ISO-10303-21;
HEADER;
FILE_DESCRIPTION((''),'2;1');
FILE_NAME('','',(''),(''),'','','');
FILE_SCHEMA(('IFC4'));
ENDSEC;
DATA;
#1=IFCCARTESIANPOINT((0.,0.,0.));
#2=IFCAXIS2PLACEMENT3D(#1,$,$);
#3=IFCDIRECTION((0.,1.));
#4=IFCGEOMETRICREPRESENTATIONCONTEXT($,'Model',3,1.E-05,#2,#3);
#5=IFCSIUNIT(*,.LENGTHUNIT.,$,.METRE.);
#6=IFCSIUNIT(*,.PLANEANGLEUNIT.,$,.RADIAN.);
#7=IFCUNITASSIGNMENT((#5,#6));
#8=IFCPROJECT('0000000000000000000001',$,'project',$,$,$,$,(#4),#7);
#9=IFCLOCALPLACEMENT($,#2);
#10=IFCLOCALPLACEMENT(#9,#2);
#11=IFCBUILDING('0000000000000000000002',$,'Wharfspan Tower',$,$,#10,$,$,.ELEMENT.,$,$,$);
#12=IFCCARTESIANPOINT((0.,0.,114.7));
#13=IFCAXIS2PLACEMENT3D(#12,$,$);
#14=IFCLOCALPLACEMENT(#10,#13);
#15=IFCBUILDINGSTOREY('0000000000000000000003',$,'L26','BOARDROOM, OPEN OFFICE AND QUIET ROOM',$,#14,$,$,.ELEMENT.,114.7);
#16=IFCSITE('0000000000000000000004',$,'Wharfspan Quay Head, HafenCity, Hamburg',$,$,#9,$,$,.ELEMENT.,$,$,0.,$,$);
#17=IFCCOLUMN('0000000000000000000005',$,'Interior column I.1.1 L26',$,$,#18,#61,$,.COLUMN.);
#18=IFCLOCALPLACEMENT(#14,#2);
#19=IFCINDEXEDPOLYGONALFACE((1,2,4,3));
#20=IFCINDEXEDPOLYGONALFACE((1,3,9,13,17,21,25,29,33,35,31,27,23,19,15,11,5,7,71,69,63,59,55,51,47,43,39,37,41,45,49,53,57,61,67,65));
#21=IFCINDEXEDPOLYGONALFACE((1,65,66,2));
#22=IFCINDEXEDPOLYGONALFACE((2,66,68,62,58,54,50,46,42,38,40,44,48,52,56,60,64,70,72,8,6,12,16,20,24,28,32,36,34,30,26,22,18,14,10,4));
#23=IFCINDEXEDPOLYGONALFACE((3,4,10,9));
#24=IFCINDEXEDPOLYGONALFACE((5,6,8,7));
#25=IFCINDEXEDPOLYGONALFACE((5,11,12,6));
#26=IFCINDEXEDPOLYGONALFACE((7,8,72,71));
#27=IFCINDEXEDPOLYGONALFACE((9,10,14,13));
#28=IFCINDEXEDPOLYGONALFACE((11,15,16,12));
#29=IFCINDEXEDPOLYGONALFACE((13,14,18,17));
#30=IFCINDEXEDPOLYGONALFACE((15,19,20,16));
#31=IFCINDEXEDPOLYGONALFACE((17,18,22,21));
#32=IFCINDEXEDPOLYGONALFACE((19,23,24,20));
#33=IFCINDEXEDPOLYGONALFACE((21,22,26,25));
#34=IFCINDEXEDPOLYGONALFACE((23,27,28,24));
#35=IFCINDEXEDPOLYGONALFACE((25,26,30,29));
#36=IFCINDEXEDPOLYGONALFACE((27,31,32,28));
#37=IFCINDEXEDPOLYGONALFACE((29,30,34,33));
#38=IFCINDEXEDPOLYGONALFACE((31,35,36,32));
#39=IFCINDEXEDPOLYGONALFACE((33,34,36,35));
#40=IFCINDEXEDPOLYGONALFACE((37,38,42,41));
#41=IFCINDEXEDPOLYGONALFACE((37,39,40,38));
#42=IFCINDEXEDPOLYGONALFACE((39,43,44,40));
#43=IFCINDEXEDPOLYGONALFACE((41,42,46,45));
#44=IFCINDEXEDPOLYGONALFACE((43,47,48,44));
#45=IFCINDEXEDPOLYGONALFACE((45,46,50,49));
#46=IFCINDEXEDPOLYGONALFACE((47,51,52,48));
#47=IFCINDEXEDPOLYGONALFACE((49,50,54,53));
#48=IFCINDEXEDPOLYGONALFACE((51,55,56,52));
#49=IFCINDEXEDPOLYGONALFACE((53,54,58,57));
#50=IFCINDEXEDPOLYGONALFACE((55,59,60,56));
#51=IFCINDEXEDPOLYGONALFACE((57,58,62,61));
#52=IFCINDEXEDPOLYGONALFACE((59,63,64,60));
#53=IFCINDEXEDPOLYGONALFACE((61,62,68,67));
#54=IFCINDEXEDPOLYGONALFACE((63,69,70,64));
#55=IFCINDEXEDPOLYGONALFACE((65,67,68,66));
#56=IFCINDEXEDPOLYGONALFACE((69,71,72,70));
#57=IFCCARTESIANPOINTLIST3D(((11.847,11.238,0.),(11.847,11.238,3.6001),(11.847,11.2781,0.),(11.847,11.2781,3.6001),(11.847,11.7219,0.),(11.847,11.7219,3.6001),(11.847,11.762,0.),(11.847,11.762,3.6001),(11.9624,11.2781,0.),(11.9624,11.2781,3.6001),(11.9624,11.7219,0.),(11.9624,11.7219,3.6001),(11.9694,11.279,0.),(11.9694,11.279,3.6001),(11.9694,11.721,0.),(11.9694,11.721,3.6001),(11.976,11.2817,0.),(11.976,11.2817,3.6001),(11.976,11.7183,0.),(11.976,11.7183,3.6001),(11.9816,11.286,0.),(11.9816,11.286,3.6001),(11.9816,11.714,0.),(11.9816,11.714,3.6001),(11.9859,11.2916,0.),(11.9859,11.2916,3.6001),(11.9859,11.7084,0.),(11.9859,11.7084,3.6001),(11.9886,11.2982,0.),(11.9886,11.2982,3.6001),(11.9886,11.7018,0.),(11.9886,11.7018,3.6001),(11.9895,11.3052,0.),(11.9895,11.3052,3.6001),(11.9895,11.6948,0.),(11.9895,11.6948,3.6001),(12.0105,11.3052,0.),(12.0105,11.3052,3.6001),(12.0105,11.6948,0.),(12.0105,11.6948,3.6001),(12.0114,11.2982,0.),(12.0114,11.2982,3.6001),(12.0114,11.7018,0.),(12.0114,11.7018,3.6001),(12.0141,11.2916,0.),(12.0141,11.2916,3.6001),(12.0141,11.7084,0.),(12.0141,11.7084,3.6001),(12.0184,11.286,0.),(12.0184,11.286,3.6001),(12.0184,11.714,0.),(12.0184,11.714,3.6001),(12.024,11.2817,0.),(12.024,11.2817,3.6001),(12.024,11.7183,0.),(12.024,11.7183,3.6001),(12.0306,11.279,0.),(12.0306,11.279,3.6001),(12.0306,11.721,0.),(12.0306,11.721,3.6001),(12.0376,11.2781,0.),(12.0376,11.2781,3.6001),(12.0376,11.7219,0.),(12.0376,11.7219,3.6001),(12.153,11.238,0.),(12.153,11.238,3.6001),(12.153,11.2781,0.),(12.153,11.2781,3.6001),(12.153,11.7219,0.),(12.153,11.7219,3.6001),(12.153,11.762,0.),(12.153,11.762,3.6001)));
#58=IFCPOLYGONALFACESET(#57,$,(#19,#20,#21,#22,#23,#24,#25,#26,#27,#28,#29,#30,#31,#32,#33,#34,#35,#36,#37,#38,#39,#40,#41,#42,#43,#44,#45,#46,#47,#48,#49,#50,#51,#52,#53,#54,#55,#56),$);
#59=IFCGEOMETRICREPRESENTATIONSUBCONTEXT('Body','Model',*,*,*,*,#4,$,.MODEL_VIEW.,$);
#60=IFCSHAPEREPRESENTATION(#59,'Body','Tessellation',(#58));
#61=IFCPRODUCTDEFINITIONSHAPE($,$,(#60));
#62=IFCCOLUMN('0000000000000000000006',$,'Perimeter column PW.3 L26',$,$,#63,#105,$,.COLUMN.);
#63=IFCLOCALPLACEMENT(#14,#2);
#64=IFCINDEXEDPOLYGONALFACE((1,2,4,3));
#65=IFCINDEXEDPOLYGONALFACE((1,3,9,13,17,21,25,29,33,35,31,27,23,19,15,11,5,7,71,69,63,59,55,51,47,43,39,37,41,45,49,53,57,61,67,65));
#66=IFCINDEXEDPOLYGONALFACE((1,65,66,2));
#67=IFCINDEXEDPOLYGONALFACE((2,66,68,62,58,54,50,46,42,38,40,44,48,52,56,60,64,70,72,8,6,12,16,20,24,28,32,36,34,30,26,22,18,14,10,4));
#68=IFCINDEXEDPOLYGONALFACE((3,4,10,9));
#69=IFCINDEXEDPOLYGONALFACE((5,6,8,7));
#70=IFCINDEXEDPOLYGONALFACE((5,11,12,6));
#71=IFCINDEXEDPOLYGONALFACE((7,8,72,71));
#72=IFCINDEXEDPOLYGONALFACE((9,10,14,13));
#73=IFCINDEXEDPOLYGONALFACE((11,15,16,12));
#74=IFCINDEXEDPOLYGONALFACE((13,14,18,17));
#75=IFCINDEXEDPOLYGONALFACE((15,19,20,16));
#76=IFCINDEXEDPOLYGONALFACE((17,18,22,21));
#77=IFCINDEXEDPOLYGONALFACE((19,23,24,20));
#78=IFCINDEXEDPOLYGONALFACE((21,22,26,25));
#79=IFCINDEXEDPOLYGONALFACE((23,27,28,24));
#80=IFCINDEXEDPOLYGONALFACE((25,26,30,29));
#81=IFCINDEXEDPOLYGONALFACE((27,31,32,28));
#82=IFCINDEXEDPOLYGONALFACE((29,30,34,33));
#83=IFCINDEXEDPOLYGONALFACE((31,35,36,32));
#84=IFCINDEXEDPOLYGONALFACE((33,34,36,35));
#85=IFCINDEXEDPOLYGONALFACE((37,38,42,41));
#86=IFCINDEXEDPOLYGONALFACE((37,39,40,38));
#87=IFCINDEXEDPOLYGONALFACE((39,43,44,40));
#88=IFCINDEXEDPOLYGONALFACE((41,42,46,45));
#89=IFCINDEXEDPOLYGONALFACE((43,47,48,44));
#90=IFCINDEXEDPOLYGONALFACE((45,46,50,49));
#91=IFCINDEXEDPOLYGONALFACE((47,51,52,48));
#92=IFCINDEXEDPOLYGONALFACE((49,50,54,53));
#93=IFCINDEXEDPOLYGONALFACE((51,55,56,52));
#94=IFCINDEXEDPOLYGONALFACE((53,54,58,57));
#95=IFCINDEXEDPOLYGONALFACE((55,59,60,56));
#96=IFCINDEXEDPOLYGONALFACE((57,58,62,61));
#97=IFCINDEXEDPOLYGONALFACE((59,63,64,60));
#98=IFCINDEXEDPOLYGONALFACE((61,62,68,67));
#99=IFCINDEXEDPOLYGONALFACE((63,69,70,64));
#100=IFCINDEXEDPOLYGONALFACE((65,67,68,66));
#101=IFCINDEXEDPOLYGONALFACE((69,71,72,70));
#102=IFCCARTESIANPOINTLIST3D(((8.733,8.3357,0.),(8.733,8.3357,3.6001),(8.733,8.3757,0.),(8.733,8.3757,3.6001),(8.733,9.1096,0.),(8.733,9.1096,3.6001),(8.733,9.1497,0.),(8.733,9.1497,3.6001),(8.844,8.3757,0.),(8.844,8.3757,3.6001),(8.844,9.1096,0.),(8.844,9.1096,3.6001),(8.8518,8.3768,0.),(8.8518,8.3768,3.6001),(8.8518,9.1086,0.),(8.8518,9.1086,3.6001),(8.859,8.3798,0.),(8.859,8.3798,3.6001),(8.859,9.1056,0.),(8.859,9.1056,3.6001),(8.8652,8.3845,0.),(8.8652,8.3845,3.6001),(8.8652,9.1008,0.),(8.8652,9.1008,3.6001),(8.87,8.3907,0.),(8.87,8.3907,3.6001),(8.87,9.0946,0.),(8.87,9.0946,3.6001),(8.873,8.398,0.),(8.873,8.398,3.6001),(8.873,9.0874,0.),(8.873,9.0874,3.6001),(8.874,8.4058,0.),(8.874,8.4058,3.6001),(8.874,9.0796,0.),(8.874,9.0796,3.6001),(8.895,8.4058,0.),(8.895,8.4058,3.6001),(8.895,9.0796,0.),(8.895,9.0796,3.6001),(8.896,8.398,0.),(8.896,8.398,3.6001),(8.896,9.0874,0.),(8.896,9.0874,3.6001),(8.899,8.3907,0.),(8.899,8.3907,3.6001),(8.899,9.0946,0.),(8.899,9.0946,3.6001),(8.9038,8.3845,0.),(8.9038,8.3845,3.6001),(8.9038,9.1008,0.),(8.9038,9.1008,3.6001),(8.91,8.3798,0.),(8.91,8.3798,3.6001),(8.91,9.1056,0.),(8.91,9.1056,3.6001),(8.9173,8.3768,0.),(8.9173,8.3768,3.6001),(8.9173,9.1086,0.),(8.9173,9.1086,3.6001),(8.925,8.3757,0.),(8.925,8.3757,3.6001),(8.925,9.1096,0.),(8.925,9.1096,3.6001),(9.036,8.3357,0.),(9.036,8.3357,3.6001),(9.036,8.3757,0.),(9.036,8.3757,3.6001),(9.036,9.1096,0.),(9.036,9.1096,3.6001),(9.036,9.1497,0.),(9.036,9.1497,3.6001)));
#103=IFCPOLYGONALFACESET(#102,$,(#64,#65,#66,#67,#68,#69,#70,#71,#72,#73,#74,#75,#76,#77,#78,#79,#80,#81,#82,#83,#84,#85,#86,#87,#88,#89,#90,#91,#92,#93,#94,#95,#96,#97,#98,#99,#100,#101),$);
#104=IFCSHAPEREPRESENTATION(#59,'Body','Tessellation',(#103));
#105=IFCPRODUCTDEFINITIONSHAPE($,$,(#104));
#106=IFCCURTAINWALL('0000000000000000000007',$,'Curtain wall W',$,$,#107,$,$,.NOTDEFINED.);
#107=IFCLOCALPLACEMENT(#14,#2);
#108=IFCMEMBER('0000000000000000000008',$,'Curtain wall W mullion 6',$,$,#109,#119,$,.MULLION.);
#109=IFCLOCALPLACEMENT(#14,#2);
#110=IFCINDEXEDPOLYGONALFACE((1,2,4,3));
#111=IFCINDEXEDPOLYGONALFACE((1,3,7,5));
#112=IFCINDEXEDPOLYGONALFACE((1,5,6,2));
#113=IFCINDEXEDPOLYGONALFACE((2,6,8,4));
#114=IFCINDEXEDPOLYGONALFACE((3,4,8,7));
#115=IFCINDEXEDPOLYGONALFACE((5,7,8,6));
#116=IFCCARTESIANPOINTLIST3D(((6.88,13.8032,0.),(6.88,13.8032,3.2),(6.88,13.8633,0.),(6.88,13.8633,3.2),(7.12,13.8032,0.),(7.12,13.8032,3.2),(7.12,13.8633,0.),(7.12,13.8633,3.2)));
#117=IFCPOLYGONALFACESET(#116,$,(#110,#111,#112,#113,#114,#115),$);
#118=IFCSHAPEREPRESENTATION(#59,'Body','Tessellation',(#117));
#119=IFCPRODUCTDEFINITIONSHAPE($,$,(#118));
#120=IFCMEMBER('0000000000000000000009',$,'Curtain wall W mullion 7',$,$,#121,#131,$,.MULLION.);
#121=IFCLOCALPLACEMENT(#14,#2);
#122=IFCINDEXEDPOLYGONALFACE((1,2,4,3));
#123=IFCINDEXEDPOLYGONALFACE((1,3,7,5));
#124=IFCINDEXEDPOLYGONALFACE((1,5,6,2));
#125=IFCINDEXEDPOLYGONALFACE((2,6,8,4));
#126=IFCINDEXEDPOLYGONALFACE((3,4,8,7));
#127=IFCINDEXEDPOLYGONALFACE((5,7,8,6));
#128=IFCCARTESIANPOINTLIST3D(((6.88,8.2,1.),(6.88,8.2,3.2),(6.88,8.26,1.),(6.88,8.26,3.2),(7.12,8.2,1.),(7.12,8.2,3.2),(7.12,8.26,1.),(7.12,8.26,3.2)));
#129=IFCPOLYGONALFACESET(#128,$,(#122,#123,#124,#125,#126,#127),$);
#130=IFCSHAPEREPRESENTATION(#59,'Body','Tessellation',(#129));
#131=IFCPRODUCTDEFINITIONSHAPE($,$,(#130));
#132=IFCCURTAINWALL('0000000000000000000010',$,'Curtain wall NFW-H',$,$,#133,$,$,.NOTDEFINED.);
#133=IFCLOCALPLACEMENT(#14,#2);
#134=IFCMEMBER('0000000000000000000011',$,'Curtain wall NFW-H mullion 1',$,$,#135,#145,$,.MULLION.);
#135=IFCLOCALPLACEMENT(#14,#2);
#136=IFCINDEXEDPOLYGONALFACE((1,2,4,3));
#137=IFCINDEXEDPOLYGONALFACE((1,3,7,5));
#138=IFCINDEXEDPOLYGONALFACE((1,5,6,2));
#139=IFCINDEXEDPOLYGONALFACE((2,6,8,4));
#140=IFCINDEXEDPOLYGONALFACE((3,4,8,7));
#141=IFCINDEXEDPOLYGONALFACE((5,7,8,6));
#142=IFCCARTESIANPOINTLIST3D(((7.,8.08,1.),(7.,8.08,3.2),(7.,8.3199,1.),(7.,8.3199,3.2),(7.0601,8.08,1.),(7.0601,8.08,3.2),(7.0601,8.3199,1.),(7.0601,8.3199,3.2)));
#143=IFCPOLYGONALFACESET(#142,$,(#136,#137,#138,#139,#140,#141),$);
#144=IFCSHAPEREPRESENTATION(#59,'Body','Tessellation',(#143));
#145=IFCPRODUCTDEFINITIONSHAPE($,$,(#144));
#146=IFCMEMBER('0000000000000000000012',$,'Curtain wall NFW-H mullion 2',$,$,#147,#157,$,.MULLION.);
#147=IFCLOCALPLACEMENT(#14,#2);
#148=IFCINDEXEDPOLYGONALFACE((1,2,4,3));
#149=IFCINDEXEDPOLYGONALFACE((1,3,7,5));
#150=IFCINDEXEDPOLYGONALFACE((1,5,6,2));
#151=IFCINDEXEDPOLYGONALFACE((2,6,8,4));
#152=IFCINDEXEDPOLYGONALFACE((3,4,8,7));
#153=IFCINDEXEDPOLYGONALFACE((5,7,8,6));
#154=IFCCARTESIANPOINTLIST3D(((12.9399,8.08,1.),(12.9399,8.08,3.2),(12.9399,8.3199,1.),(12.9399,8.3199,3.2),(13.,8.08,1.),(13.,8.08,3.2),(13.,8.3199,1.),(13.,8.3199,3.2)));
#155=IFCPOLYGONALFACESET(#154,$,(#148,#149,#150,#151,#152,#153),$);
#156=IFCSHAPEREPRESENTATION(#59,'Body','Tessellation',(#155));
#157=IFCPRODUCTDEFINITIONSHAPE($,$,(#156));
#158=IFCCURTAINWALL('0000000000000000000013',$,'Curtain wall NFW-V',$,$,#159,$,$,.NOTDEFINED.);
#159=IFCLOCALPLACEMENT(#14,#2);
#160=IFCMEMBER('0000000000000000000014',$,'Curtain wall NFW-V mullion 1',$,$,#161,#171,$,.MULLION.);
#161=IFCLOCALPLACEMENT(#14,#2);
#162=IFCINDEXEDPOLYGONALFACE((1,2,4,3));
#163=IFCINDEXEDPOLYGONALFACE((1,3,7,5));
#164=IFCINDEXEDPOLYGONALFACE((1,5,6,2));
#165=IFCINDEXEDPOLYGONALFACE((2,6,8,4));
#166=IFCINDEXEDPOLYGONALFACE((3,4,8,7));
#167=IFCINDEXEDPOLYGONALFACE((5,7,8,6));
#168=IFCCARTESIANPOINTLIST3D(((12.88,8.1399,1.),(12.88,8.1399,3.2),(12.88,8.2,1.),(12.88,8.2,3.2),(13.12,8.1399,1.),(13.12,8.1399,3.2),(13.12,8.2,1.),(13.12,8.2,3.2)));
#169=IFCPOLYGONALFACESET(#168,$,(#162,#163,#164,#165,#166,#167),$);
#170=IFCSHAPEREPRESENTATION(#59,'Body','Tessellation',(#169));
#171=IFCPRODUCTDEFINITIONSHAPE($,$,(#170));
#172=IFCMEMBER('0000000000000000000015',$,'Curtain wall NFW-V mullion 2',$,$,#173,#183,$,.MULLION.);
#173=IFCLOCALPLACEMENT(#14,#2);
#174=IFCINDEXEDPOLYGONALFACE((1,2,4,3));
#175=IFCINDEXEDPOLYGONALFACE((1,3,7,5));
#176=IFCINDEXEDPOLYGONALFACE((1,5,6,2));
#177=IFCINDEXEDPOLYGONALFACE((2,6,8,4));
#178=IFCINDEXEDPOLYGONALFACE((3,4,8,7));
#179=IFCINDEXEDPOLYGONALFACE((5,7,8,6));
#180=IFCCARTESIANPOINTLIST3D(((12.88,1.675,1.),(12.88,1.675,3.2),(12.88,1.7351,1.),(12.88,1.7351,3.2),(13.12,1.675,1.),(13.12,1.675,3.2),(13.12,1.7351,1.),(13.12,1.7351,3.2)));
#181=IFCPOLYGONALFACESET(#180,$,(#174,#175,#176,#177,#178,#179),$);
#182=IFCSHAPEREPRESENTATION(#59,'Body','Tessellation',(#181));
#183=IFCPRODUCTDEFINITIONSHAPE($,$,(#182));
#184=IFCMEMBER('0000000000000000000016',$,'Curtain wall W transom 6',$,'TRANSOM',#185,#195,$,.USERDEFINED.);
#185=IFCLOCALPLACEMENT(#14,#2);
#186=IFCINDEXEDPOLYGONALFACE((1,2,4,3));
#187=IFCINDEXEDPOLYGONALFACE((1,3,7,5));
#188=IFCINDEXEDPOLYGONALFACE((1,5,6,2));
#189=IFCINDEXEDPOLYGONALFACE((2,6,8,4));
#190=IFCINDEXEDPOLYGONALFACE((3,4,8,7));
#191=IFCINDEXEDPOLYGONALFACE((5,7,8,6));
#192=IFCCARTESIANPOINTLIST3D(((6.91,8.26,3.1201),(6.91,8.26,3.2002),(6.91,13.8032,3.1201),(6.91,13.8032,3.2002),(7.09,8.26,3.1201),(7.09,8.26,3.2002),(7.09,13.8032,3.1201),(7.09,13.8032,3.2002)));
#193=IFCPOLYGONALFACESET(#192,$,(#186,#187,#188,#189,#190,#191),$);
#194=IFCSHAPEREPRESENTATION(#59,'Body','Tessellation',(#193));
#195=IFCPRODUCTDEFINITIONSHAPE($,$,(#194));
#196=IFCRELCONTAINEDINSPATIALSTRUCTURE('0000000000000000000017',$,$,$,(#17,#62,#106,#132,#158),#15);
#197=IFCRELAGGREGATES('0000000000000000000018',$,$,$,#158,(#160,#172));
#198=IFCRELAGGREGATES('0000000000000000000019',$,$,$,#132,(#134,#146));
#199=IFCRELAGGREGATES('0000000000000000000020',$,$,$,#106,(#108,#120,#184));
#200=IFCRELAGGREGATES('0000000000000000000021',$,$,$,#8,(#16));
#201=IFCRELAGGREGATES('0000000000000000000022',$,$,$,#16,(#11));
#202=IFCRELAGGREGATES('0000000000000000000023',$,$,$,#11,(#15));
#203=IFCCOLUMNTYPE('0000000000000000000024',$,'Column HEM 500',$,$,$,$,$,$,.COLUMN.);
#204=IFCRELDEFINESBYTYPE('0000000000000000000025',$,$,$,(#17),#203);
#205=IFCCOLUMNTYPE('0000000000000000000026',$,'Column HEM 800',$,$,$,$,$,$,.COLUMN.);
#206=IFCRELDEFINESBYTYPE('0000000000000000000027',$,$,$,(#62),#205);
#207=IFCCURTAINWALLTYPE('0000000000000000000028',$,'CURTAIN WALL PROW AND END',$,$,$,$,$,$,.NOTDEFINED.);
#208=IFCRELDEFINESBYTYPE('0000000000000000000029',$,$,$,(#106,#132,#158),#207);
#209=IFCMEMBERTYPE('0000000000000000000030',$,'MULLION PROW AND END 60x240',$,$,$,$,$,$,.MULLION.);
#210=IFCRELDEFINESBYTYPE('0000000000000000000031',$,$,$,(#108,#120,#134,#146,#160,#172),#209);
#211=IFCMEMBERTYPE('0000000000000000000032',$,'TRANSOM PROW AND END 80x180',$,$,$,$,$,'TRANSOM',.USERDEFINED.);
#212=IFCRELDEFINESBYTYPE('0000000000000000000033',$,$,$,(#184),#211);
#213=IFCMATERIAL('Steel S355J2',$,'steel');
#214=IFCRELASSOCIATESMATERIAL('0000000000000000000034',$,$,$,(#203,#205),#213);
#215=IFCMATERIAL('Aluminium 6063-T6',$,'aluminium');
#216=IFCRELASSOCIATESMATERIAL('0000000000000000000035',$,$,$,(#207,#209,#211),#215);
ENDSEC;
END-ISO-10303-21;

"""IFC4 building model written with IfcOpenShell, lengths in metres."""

from ifc_helpers import new_model, si_unit, direction, frame, origin, origin_2d, place, context, subcontext, project, spatial, rectangle, i_section, extrude, material, material_profile, profile_set, type_object, element, aggregate, save


model = new_model("IFC4")

# Units and contexts
model_context = context("Model", 3, precision=1e-05, world=origin(), true_north=direction((0.0, 1.0)))
body_context = subcontext(model_context, "Body", "Model", "MODEL_VIEW")
ifc_project = project(units=[si_unit("LENGTHUNIT", "METRE"), si_unit("PLANEANGLEUNIT", "RADIAN")], contexts=[model_context])

# Site, building, storey
site_placement = place(None, origin())
site = spatial("IfcSite", under=ifc_project, at=site_placement, Name="Wharfspan Quay Head, HafenCity, Hamburg", CompositionType="ELEMENT", RefElevation=0.0)
building_placement = place(site_placement, origin())
building = spatial("IfcBuilding", under=site, at=building_placement, Name="Wharfspan Tower", CompositionType="ELEMENT")
storey_placement = place(building_placement, frame((0.0, 0.0, 114.7)))
storey = spatial("IfcBuildingStorey", under=building, at=storey_placement, Name="L26", Description="BOARDROOM, OPEN OFFICE AND QUIET ROOM", CompositionType="ELEMENT", Elevation=114.7)

# Columns
ifc_material_1 = material(Name="Steel S355J2", Category="steel")
ifc_material_profile_1 = material_profile(ifc_material_1, i_section(OverallWidth=0.3059, OverallDepth=0.5239, WebThickness=0.021, FlangeThickness=0.04, FilletRadius=0.0271, at=origin_2d()))
ifc_profile_set_1 = profile_set([ifc_material_profile_1], Name="Steel S355J2")
column_type_1 = type_object("IfcColumnType", Name="Column HEM 500", PredefinedType="COLUMN", material=ifc_profile_set_1)
column_1_placement = place(storey_placement, frame((12.0, 11.5, 0.0), z_axis=(0.0, 0.0, 1.0), x_axis=(1.0, 0.0, 0.0)))
element("IfcColumn", 1, at=column_1_placement, inside=storey, type_object=column_type_1, Name="Interior column I.1.1 L26", PredefinedType="COLUMN", context=body_context, shape_type="SweptSolid", body=[
    extrude(i_section(OverallWidth=0.3059, OverallDepth=0.5239, WebThickness=0.021, FlangeThickness=0.04, FilletRadius=0.0271, at=origin_2d()), origin(), (0.0, 0.0, 1.0), 3.6001),
])
ifc_material_profile_2 = material_profile(ifc_material_1, i_section(OverallWidth=0.303, OverallDepth=0.814, WebThickness=0.021, FlangeThickness=0.04, FilletRadius=0.03, at=origin_2d()))
ifc_profile_set_2 = profile_set([ifc_material_profile_2], Name="Steel S355J2")
column_type_2 = type_object("IfcColumnType", Name="Column HEM 800", PredefinedType="COLUMN", material=ifc_profile_set_2)
column_2_placement = place(storey_placement, frame((8.8845, 8.7427, 0.0), z_axis=(0.0, 0.0, 1.0), x_axis=(-1.0, 0.0, 0.0)))
element("IfcColumn", 2, at=column_2_placement, inside=storey, type_object=column_type_2, Name="Perimeter column PW.3 L26", PredefinedType="COLUMN", context=body_context, shape_type="SweptSolid", body=[
    extrude(i_section(OverallWidth=0.303, OverallDepth=0.814, WebThickness=0.021, FlangeThickness=0.04, FilletRadius=0.03, at=origin_2d()), origin(), (0.0, 0.0, 1.0), 3.6001),
])

# Curtain walls, members
ifc_material_2 = material(Name="Aluminium 6063-T6", Category="aluminium")
curtain_wall_type = type_object("IfcCurtainWallType", Name="CURTAIN WALL PROW AND END", PredefinedType="NOTDEFINED", material=ifc_material_2)
curtain_wall_1_placement = place(storey_placement, origin())
curtain_wall_1 = element("IfcCurtainWall", 3, at=curtain_wall_1_placement, inside=storey, type_object=curtain_wall_type, Name="Curtain wall W", PredefinedType="NOTDEFINED")
ifc_material_profile_3 = material_profile(ifc_material_2, rectangle(XDim=0.24, YDim=0.0601, at=origin_2d()))
ifc_profile_set_3 = profile_set([ifc_material_profile_3], Name="Aluminium 6063-T6")
member_type_1 = type_object("IfcMemberType", Name="MULLION PROW AND END 60x240", PredefinedType="MULLION", material=ifc_profile_set_3)
member_1_placement = place(storey_placement, frame((7.0, 13.8333, 0.0), z_axis=(0.0, 0.0, 1.0), x_axis=(1.0, 0.0, 0.0)))
member_1 = element("IfcMember", 4, at=member_1_placement, type_object=member_type_1, Name="Curtain wall W mullion 6", PredefinedType="MULLION", context=body_context, shape_type="SweptSolid", body=[
    extrude(rectangle(XDim=0.24, YDim=0.0601, at=origin_2d()), origin(), (0.0, 0.0, 1.0), 3.2),
])
member_2_placement = place(storey_placement, frame((7.0, 8.23, 1.0), z_axis=(0.0, 0.0, 1.0), x_axis=(1.0, 0.0, 0.0)))
member_2 = element("IfcMember", 5, at=member_2_placement, type_object=member_type_1, Name="Curtain wall W mullion 7", PredefinedType="MULLION", context=body_context, shape_type="SweptSolid", body=[
    extrude(rectangle(XDim=0.24, YDim=0.0601, at=origin_2d()), origin(), (0.0, 0.0, 1.0), 2.2),
])
curtain_wall_2_placement = place(storey_placement, origin())
curtain_wall_2 = element("IfcCurtainWall", 6, at=curtain_wall_2_placement, inside=storey, type_object=curtain_wall_type, Name="Curtain wall NFW-H", PredefinedType="NOTDEFINED")
member_3_placement = place(storey_placement, frame((7.03, 8.2, 1.0), z_axis=(0.0, 0.0, 1.0), x_axis=(0.0, 1.0, 0.0)))
member_3 = element("IfcMember", 7, at=member_3_placement, type_object=member_type_1, Name="Curtain wall NFW-H mullion 1", PredefinedType="MULLION", context=body_context, shape_type="SweptSolid", body=[
    extrude(rectangle(XDim=0.24, YDim=0.0601, at=origin_2d()), origin(), (0.0, 0.0, 1.0), 2.2),
])
member_4_placement = place(storey_placement, frame((12.97, 8.2, 1.0), z_axis=(0.0, 0.0, 1.0), x_axis=(0.0, 1.0, 0.0)))
member_4 = element("IfcMember", 8, at=member_4_placement, type_object=member_type_1, Name="Curtain wall NFW-H mullion 2", PredefinedType="MULLION", context=body_context, shape_type="SweptSolid", body=[
    extrude(rectangle(XDim=0.24, YDim=0.0601, at=origin_2d()), origin(), (0.0, 0.0, 1.0), 2.2),
])
curtain_wall_3_placement = place(storey_placement, origin())
curtain_wall_3 = element("IfcCurtainWall", 9, at=curtain_wall_3_placement, inside=storey, type_object=curtain_wall_type, Name="Curtain wall NFW-V", PredefinedType="NOTDEFINED")
member_5_placement = place(storey_placement, frame((13.0, 8.1699, 1.0), z_axis=(0.0, 0.0, 1.0), x_axis=(1.0, 0.0, 0.0)))
member_5 = element("IfcMember", 10, at=member_5_placement, type_object=member_type_1, Name="Curtain wall NFW-V mullion 1", PredefinedType="MULLION", context=body_context, shape_type="SweptSolid", body=[
    extrude(rectangle(XDim=0.24, YDim=0.0601, at=origin_2d()), origin(), (0.0, 0.0, 1.0), 2.2),
])
member_6_placement = place(storey_placement, frame((13.0, 1.7051, 1.0), z_axis=(0.0, 0.0, 1.0), x_axis=(1.0, 0.0, 0.0)))
member_6 = element("IfcMember", 11, at=member_6_placement, type_object=member_type_1, Name="Curtain wall NFW-V mullion 2", PredefinedType="MULLION", context=body_context, shape_type="SweptSolid", body=[
    extrude(rectangle(XDim=0.24, YDim=0.0601, at=origin_2d()), origin(), (0.0, 0.0, 1.0), 2.2),
])

# Member
ifc_material_profile_4 = material_profile(ifc_material_2, rectangle(XDim=0.1799, YDim=0.0801, at=origin_2d()))
ifc_profile_set_4 = profile_set([ifc_material_profile_4], Name="Aluminium 6063-T6")
member_type_2 = type_object("IfcMemberType", Name="TRANSOM PROW AND END 80x180", ElementType="TRANSOM", PredefinedType="USERDEFINED", material=ifc_profile_set_4)
member_7_placement = place(storey_placement, frame((7.0, 13.8032, 3.1602), z_axis=(0.0, -1.0, 0.0), x_axis=(1.0, 0.0, 0.0)))
member_7 = element("IfcMember", 12, at=member_7_placement, type_object=member_type_2, Name="Curtain wall W transom 6", ObjectType="TRANSOM", PredefinedType="USERDEFINED", context=body_context, shape_type="SweptSolid", body=[
    extrude(rectangle(XDim=0.1799, YDim=0.0801, at=origin_2d()), origin(), (0.0, 0.0, 1.0), 5.5432),
])
aggregate(curtain_wall_3, [member_5, member_6])

aggregate(curtain_wall_2, [member_3, member_4])
aggregate(curtain_wall_1, [member_1, member_2, member_7])

save(model, "model.ifc")
